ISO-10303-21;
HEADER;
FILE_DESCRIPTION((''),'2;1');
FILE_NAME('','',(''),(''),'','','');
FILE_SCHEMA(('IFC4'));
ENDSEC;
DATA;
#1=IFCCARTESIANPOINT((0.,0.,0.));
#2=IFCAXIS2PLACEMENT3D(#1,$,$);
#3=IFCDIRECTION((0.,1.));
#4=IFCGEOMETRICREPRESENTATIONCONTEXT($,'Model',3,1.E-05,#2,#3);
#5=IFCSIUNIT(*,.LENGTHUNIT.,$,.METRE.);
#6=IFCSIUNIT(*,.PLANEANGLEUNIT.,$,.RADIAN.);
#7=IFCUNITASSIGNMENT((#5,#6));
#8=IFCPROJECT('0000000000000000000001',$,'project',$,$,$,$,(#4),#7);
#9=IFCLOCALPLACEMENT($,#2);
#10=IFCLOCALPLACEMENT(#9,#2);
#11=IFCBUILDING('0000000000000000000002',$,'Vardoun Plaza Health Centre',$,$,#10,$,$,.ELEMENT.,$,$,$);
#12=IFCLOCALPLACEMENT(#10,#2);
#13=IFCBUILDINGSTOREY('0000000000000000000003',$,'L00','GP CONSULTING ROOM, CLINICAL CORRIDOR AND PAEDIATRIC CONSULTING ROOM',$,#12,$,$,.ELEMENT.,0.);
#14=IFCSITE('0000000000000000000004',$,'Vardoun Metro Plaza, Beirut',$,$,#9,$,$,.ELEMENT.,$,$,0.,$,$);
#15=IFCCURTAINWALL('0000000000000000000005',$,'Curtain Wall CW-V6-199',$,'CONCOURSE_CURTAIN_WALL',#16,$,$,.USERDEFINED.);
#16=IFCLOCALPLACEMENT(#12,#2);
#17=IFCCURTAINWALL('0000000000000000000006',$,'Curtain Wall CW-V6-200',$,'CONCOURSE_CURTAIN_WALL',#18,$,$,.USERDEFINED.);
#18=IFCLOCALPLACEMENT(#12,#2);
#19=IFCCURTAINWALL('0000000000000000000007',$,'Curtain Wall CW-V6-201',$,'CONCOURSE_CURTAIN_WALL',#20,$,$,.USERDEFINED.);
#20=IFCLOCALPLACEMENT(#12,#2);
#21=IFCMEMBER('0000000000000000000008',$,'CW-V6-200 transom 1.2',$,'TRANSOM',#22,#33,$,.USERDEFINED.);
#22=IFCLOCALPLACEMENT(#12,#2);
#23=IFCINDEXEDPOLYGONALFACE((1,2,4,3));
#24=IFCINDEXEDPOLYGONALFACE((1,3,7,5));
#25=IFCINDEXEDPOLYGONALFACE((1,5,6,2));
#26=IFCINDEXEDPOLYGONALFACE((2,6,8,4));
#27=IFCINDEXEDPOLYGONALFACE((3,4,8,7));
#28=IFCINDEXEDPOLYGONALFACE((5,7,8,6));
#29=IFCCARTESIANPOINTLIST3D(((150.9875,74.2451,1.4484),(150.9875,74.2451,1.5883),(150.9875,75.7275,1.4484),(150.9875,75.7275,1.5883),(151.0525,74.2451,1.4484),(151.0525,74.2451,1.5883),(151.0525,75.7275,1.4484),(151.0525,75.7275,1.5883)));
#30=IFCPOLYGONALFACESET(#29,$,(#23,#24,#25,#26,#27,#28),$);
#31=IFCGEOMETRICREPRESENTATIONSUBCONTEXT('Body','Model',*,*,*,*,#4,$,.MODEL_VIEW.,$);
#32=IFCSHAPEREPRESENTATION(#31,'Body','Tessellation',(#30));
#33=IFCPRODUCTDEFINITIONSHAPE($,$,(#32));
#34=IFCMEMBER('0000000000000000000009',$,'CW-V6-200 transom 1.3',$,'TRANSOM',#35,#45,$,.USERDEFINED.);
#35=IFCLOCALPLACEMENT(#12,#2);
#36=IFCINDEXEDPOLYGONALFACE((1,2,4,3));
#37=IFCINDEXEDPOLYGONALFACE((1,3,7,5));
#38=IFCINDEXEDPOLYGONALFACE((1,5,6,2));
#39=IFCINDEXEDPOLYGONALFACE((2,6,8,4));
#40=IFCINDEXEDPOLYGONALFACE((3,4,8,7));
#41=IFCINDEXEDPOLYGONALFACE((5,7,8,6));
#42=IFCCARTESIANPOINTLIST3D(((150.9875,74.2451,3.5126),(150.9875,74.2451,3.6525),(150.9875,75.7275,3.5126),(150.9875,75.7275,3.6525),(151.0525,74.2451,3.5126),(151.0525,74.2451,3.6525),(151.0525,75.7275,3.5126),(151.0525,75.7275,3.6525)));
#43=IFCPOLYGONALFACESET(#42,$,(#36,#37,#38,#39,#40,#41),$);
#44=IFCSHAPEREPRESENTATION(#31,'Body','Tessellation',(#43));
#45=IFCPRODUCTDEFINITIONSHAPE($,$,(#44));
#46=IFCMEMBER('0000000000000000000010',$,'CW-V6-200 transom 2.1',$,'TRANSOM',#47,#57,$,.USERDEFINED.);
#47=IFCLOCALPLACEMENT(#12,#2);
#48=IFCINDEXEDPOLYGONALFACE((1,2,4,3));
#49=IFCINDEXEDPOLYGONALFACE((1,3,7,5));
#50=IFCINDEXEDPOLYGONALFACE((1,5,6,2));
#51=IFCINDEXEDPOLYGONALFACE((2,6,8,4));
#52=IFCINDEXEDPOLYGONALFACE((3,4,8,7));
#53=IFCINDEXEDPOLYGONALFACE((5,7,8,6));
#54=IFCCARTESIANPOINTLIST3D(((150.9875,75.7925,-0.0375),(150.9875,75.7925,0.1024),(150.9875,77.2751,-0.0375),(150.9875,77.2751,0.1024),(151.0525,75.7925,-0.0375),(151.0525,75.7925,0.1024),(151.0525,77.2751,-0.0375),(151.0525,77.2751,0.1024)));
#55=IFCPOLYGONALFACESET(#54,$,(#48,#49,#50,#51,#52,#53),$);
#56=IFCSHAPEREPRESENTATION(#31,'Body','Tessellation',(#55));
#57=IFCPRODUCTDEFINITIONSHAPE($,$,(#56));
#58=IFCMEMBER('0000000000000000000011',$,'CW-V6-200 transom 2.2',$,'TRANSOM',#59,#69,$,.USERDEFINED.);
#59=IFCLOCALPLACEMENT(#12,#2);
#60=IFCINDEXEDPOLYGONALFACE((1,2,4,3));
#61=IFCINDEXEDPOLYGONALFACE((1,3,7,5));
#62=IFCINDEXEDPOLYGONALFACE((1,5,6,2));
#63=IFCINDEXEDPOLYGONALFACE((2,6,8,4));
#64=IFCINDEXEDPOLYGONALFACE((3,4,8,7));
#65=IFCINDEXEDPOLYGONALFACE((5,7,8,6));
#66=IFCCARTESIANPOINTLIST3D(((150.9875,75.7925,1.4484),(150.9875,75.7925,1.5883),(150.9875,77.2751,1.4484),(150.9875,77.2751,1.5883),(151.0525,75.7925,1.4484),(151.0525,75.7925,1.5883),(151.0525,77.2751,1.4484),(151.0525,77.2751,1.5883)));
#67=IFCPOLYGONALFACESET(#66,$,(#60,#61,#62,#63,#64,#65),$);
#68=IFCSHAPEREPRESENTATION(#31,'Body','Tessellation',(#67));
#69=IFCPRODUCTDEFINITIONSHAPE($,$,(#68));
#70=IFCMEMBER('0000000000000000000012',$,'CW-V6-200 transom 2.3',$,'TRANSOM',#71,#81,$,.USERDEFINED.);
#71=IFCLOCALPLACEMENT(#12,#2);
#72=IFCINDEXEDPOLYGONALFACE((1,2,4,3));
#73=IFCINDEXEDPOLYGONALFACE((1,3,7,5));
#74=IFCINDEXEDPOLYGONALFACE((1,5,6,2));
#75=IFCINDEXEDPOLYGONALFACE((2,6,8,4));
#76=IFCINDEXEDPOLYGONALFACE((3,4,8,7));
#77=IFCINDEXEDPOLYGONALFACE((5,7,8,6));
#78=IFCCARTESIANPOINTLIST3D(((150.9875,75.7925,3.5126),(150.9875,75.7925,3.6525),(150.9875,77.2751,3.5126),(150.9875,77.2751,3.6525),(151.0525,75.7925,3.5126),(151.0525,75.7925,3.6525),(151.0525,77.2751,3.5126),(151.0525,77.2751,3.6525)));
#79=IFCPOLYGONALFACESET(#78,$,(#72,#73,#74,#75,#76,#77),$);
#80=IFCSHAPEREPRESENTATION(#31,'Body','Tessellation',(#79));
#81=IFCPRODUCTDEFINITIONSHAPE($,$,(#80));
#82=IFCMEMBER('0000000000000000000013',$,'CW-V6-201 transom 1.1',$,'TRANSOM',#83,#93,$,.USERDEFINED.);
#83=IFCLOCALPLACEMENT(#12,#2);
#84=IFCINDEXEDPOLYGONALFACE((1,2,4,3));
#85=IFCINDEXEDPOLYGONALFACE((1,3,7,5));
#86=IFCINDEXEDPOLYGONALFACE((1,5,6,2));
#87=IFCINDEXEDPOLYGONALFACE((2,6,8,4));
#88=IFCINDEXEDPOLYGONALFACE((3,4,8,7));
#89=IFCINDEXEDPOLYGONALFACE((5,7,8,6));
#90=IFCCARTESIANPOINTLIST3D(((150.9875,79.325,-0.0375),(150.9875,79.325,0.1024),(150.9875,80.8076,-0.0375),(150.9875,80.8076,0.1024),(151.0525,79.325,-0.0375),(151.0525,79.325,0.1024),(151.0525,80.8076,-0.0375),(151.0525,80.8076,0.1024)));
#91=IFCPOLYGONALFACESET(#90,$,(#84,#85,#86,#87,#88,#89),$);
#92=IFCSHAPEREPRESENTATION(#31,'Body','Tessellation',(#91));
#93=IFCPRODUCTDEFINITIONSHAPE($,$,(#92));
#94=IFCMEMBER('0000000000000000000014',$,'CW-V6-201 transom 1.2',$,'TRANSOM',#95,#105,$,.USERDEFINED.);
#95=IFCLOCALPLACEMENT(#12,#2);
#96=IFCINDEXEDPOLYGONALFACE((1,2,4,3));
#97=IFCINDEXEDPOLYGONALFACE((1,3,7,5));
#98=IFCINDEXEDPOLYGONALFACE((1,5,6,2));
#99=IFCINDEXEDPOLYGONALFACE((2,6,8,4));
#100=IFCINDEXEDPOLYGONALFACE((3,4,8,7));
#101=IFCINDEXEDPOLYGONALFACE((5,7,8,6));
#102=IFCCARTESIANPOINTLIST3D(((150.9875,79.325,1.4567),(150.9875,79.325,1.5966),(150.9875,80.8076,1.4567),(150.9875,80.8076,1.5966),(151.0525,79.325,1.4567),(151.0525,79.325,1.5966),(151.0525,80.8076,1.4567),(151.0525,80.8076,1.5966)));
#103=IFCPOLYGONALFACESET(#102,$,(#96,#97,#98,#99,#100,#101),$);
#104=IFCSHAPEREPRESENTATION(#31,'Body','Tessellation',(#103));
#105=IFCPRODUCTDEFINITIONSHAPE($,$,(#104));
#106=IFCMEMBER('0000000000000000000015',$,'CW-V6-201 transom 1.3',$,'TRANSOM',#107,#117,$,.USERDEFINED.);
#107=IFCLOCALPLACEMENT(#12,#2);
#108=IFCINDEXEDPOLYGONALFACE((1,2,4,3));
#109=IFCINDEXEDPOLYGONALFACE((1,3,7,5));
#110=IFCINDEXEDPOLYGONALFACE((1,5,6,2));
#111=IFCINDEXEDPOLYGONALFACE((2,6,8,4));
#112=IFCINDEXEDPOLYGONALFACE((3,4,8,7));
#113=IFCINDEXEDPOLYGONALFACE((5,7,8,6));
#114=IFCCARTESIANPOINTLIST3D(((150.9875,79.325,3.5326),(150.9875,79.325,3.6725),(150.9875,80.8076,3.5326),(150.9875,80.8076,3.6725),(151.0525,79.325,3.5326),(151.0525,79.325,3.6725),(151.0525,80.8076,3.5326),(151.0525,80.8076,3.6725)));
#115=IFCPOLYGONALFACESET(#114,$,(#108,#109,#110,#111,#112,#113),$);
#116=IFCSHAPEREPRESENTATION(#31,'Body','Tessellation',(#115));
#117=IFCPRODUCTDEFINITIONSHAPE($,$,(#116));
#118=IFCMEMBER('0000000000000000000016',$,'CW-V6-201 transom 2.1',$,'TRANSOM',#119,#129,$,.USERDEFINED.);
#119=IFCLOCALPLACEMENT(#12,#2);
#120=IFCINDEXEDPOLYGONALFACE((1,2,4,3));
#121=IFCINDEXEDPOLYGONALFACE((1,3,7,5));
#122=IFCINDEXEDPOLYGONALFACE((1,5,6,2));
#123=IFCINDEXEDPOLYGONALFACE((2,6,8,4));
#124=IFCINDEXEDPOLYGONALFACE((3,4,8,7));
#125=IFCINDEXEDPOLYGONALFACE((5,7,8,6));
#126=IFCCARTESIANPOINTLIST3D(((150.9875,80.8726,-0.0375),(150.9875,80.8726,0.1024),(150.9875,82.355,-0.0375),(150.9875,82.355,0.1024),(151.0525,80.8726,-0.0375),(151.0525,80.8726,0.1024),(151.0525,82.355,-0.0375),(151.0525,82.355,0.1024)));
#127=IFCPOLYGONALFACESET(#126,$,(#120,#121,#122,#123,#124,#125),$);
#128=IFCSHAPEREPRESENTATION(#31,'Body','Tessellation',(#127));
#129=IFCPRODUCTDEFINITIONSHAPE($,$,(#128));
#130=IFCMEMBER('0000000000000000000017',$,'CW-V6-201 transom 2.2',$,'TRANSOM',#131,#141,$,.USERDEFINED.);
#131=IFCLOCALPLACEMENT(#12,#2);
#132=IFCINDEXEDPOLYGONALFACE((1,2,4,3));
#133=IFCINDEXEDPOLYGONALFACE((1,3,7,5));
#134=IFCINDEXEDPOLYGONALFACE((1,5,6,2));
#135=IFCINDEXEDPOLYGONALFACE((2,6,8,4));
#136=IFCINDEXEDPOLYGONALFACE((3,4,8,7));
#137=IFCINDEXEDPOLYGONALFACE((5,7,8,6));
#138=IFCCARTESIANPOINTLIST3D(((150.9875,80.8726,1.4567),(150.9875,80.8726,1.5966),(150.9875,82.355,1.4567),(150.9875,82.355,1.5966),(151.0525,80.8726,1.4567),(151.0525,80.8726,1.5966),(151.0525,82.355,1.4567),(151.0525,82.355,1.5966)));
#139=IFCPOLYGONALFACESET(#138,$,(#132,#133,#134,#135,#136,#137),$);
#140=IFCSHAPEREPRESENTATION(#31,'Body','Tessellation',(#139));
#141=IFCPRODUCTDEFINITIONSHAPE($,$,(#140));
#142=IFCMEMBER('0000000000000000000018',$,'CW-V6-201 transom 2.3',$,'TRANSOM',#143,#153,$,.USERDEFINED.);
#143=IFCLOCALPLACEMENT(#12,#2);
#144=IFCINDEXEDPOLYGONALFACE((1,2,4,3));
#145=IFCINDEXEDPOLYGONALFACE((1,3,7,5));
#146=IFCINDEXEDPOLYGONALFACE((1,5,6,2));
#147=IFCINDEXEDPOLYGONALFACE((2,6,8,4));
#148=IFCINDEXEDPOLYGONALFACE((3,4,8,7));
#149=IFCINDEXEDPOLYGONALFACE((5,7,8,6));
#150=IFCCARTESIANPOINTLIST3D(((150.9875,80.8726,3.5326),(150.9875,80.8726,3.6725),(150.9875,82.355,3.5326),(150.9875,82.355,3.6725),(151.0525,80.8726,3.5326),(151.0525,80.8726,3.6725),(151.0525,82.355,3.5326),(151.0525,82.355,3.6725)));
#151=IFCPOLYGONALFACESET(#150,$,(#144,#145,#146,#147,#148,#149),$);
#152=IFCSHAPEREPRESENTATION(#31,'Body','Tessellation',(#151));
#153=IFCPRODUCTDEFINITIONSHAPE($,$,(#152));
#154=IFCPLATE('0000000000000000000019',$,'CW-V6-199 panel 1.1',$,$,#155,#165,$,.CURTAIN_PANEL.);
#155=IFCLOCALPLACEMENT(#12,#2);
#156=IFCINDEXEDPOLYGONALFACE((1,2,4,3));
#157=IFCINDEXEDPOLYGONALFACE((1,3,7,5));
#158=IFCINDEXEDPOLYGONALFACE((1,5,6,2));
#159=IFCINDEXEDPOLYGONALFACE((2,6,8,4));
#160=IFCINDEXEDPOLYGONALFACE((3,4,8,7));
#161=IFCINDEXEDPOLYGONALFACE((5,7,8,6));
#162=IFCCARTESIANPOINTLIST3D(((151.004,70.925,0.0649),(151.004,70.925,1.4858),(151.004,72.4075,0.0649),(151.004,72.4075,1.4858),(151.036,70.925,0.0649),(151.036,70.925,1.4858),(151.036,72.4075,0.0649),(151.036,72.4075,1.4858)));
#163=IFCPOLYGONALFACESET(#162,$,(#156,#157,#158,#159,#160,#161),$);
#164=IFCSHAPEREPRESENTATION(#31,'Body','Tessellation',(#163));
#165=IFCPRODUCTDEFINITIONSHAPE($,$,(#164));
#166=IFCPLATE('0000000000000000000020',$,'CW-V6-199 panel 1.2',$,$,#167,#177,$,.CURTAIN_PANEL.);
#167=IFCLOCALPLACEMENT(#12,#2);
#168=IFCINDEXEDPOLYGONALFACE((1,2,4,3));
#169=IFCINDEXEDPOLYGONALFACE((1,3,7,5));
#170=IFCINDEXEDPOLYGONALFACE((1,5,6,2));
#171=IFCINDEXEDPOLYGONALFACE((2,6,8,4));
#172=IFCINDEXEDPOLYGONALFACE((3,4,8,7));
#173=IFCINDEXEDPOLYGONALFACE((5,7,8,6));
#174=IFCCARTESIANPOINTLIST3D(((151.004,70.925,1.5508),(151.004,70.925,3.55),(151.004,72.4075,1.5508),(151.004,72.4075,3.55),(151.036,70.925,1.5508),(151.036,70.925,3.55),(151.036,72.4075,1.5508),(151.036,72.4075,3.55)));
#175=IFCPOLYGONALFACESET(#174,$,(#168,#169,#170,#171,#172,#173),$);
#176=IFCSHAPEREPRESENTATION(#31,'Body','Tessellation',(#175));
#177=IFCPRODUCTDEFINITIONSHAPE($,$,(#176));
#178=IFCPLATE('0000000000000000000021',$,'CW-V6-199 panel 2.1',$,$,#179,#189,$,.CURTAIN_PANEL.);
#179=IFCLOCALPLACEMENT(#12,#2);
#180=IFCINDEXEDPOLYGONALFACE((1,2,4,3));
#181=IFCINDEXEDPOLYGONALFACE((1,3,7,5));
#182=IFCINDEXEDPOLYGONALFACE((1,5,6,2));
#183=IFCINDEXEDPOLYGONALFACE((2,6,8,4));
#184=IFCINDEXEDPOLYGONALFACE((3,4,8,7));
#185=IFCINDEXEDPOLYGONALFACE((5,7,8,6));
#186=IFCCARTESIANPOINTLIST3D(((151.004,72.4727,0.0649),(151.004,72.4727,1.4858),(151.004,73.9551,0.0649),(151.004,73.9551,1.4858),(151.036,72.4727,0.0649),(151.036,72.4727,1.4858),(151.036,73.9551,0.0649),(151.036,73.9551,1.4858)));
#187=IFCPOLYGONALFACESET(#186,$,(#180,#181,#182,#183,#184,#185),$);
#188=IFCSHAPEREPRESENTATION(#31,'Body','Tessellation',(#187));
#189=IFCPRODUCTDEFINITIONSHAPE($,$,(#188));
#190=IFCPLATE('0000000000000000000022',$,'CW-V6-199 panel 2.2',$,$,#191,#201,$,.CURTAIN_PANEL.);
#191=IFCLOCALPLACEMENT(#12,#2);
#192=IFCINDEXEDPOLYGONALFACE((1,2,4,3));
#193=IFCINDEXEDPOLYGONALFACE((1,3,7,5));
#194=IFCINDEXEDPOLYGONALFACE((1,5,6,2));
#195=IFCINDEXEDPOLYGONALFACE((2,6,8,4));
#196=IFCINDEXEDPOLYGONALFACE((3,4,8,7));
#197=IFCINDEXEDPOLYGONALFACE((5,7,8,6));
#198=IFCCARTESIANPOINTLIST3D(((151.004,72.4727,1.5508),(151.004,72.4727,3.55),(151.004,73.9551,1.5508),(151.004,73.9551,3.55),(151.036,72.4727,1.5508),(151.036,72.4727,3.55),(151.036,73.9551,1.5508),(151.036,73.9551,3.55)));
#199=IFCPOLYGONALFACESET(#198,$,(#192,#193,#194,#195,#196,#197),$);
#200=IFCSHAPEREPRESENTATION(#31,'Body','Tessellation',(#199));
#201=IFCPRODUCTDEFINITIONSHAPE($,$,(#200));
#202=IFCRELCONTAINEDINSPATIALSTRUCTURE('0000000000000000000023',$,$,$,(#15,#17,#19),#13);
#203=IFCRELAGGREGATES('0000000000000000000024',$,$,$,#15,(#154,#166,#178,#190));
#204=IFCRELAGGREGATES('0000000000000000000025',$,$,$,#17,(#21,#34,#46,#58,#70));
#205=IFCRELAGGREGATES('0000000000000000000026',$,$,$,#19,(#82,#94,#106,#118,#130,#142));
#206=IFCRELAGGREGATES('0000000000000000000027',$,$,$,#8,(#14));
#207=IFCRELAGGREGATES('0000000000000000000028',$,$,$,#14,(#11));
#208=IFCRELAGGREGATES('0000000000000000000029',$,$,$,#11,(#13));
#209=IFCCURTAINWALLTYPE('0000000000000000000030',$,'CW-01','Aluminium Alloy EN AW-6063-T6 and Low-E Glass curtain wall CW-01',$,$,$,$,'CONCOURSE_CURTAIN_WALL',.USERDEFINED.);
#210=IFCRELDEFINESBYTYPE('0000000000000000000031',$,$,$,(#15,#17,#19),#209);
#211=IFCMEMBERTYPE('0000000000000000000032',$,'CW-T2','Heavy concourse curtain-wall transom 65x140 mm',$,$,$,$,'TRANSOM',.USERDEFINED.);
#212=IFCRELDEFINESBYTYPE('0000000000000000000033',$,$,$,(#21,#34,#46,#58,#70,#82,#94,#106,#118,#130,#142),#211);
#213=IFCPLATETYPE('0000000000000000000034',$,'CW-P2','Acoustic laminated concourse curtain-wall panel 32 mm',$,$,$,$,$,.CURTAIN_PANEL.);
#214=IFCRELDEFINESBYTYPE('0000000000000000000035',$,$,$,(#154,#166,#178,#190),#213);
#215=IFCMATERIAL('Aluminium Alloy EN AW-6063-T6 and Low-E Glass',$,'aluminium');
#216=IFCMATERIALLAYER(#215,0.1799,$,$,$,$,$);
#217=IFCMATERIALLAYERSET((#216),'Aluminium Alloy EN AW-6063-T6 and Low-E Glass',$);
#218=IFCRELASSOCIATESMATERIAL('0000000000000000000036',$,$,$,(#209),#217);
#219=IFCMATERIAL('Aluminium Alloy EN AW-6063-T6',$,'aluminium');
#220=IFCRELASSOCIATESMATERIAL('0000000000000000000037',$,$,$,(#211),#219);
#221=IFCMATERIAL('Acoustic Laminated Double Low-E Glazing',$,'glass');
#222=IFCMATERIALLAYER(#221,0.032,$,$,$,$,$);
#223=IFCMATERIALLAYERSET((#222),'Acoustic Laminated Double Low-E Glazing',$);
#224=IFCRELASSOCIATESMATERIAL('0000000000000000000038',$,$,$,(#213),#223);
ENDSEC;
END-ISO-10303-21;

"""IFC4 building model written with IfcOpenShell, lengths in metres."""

from ifc_helpers import new_model, si_unit, direction, frame, origin, origin_2d, place, context, subcontext, project, spatial, rectangle, extrude, material, layer, layer_set, material_profile, profile_set, type_object, element, aggregate, save


model = new_model("IFC4")

# Units and contexts
model_context = context("Model", 3, precision=1e-05, world=origin(), true_north=direction((0.0, 1.0)))
body_context = subcontext(model_context, "Body", "Model", "MODEL_VIEW")
ifc_project = project(units=[si_unit("LENGTHUNIT", "METRE"), si_unit("PLANEANGLEUNIT", "RADIAN")], contexts=[model_context])

# Site, building, storey
site_placement = place(None, origin())
site = spatial("IfcSite", under=ifc_project, at=site_placement, Name="Vardoun Metro Plaza, Beirut", CompositionType="ELEMENT", RefElevation=0.0)
building_placement = place(site_placement, origin())
building = spatial("IfcBuilding", under=site, at=building_placement, Name="Vardoun Plaza Health Centre", CompositionType="ELEMENT")
storey_placement = place(building_placement, origin())
storey = spatial("IfcBuildingStorey", under=building, at=storey_placement, Name="L00", Description="GP CONSULTING ROOM, CLINICAL CORRIDOR AND PAEDIATRIC CONSULTING ROOM", CompositionType="ELEMENT", Elevation=0.0)

# Curtain walls
ifc_material_1 = material(Name="Aluminium Alloy EN AW-6063-T6 and Low-E Glass", Category="aluminium")
ifc_layer_1 = layer(ifc_material_1, 0.1799)
ifc_layer_set_1 = layer_set([ifc_layer_1], Name="Aluminium Alloy EN AW-6063-T6 and Low-E Glass")
curtain_wall_type = type_object("IfcCurtainWallType", Name="CW-01", Description="Aluminium Alloy EN AW-6063-T6 and Low-E Glass curtain wall CW-01", ElementType="CONCOURSE_CURTAIN_WALL", PredefinedType="USERDEFINED", material=ifc_layer_set_1)
curtain_wall_1_placement = place(storey_placement, origin())
curtain_wall_1 = element("IfcCurtainWall", 1, at=curtain_wall_1_placement, inside=storey, type_object=curtain_wall_type, Name="Curtain Wall CW-V6-199", ObjectType="CONCOURSE_CURTAIN_WALL", PredefinedType="USERDEFINED")
curtain_wall_2_placement = place(storey_placement, origin())
curtain_wall_2 = element("IfcCurtainWall", 2, at=curtain_wall_2_placement, inside=storey, type_object=curtain_wall_type, Name="Curtain Wall CW-V6-200", ObjectType="CONCOURSE_CURTAIN_WALL", PredefinedType="USERDEFINED")
curtain_wall_3_placement = place(storey_placement, origin())
curtain_wall_3 = element("IfcCurtainWall", 3, at=curtain_wall_3_placement, inside=storey, type_object=curtain_wall_type, Name="Curtain Wall CW-V6-201", ObjectType="CONCOURSE_CURTAIN_WALL", PredefinedType="USERDEFINED")

# Members
ifc_material_2 = material(Name="Aluminium Alloy EN AW-6063-T6", Category="aluminium")
ifc_material_profile_1 = material_profile(ifc_material_2, rectangle(XDim=0.0649, YDim=0.1399, at=origin_2d()), Name="CWT 65x140")
ifc_profile_set_1 = profile_set([ifc_material_profile_1], Name="Aluminium Alloy EN AW-6063-T6")
member_type_1 = type_object("IfcMemberType", Name="CW-T2", Description="Heavy concourse curtain-wall transom 65x140 mm", ElementType="TRANSOM", PredefinedType="USERDEFINED", material=ifc_profile_set_1)
member_1_placement = place(storey_placement, frame((151.02, 74.2451, 1.5183), z_axis=(0.0, 1.0, 0.0), x_axis=(-1.0, 0.0, 0.0)))
member_1 = element("IfcMember", 4, at=member_1_placement, type_object=member_type_1, Name="CW-V6-200 transom 1.2", ObjectType="TRANSOM", PredefinedType="USERDEFINED", context=body_context, shape_type="SweptSolid", body=[
    extrude(rectangle(XDim=0.0649, YDim=0.1399, at=origin_2d()), origin(), (0.0, 0.0, 1.0), 1.4824),
])
member_2_placement = place(storey_placement, frame((151.02, 74.2451, 3.5825), z_axis=(0.0, 1.0, 0.0), x_axis=(-1.0, 0.0, 0.0)))
member_2 = element("IfcMember", 5, at=member_2_placement, type_object=member_type_1, Name="CW-V6-200 transom 1.3", ObjectType="TRANSOM", PredefinedType="USERDEFINED", context=body_context, shape_type="SweptSolid", body=[
    extrude(rectangle(XDim=0.0649, YDim=0.1399, at=origin_2d()), origin(), (0.0, 0.0, 1.0), 1.4824),
])
member_3_placement = place(storey_placement, frame((151.02, 75.7925, 0.0325), z_axis=(0.0, 1.0, 0.0), x_axis=(-1.0, 0.0, 0.0)))
member_3 = element("IfcMember", 6, at=member_3_placement, type_object=member_type_1, Name="CW-V6-200 transom 2.1", ObjectType="TRANSOM", PredefinedType="USERDEFINED", context=body_context, shape_type="SweptSolid", body=[
    extrude(rectangle(XDim=0.0649, YDim=0.1399, at=origin_2d()), origin(), (0.0, 0.0, 1.0), 1.4827),
])
member_4_placement = place(storey_placement, frame((151.02, 75.7925, 1.5183), z_axis=(0.0, 1.0, 0.0), x_axis=(-1.0, 0.0, 0.0)))
member_4 = element("IfcMember", 7, at=member_4_placement, type_object=member_type_1, Name="CW-V6-200 transom 2.2", ObjectType="TRANSOM", PredefinedType="USERDEFINED", context=body_context, shape_type="SweptSolid", body=[
    extrude(rectangle(XDim=0.0649, YDim=0.1399, at=origin_2d()), origin(), (0.0, 0.0, 1.0), 1.4827),
])
member_5_placement = place(storey_placement, frame((151.02, 75.7925, 3.5825), z_axis=(0.0, 1.0, 0.0), x_axis=(-1.0, 0.0, 0.0)))
member_5 = element("IfcMember", 8, at=member_5_placement, type_object=member_type_1, Name="CW-V6-200 transom 2.3", ObjectType="TRANSOM", PredefinedType="USERDEFINED", context=body_context, shape_type="SweptSolid", body=[
    extrude(rectangle(XDim=0.0649, YDim=0.1399, at=origin_2d()), origin(), (0.0, 0.0, 1.0), 1.4827),
])
member_6_placement = place(storey_placement, frame((151.02, 79.325, 0.0325), z_axis=(0.0, 1.0, 0.0), x_axis=(-1.0, 0.0, 0.0)))
member_6 = element("IfcMember", 9, at=member_6_placement, type_object=member_type_1, Name="CW-V6-201 transom 1.1", ObjectType="TRANSOM", PredefinedType="USERDEFINED", context=body_context, shape_type="SweptSolid", body=[
    extrude(rectangle(XDim=0.0649, YDim=0.1399, at=origin_2d()), origin(), (0.0, 0.0, 1.0), 1.4827),
])
member_7_placement = place(storey_placement, frame((151.02, 79.325, 1.5266), z_axis=(0.0, 1.0, 0.0), x_axis=(-1.0, 0.0, 0.0)))
member_7 = element("IfcMember", 10, at=member_7_placement, type_object=member_type_1, Name="CW-V6-201 transom 1.2", ObjectType="TRANSOM", PredefinedType="USERDEFINED", context=body_context, shape_type="SweptSolid", body=[
    extrude(rectangle(XDim=0.0649, YDim=0.1399, at=origin_2d()), origin(), (0.0, 0.0, 1.0), 1.4827),
])
member_8_placement = place(storey_placement, frame((151.02, 79.325, 3.6025), z_axis=(0.0, 1.0, 0.0), x_axis=(-1.0, 0.0, 0.0)))
member_8 = element("IfcMember", 11, at=member_8_placement, type_object=member_type_1, Name="CW-V6-201 transom 1.3", ObjectType="TRANSOM", PredefinedType="USERDEFINED", context=body_context, shape_type="SweptSolid", body=[
    extrude(rectangle(XDim=0.0649, YDim=0.1399, at=origin_2d()), origin(), (0.0, 0.0, 1.0), 1.4827),
])
member_9_placement = place(storey_placement, frame((151.02, 80.8726, 0.0325), z_axis=(0.0, 1.0, 0.0), x_axis=(-1.0, 0.0, 0.0)))
member_9 = element("IfcMember", 12, at=member_9_placement, type_object=member_type_1, Name="CW-V6-201 transom 2.1", ObjectType="TRANSOM", PredefinedType="USERDEFINED", context=body_context, shape_type="SweptSolid", body=[
    extrude(rectangle(XDim=0.0649, YDim=0.1399, at=origin_2d()), origin(), (0.0, 0.0, 1.0), 1.4824),
])
member_10_placement = place(storey_placement, frame((151.02, 80.8726, 1.5266), z_axis=(0.0, 1.0, 0.0), x_axis=(-1.0, 0.0, 0.0)))
member_10 = element("IfcMember", 13, at=member_10_placement, type_object=member_type_1, Name="CW-V6-201 transom 2.2", ObjectType="TRANSOM", PredefinedType="USERDEFINED", context=body_context, shape_type="SweptSolid", body=[
    extrude(rectangle(XDim=0.0649, YDim=0.1399, at=origin_2d()), origin(), (0.0, 0.0, 1.0), 1.4824),
])
member_11_placement = place(storey_placement, frame((151.02, 80.8726, 3.6025), z_axis=(0.0, 1.0, 0.0), x_axis=(-1.0, 0.0, 0.0)))
member_11 = element("IfcMember", 14, at=member_11_placement, type_object=member_type_1, Name="CW-V6-201 transom 2.3", ObjectType="TRANSOM", PredefinedType="USERDEFINED", context=body_context, shape_type="SweptSolid", body=[
    extrude(rectangle(XDim=0.0649, YDim=0.1399, at=origin_2d()), origin(), (0.0, 0.0, 1.0), 1.4824),
])

# Plates
ifc_material_3 = material(Name="Acoustic Laminated Double Low-E Glazing", Category="glass")
ifc_layer_2 = layer(ifc_material_3, 0.032)
ifc_layer_set_2 = layer_set([ifc_layer_2], Name="Acoustic Laminated Double Low-E Glazing")
plate_type = type_object("IfcPlateType", Name="CW-P2", Description="Acoustic laminated concourse curtain-wall panel 32 mm", PredefinedType="CURTAIN_PANEL", material=ifc_layer_set_2)
plate_1_placement = place(storey_placement, frame((151.02, 71.6663, 0.0649), z_axis=(0.0, 0.0, 1.0), x_axis=(0.0, 1.0, 0.0)))
plate_1 = element("IfcPlate", 15, at=plate_1_placement, type_object=plate_type, Name="CW-V6-199 panel 1.1", PredefinedType="CURTAIN_PANEL", context=body_context, shape_type="SweptSolid", body=[
    extrude(rectangle(XDim=1.4824, YDim=0.032, at=origin_2d()), origin(), (0.0, 0.0, 1.0), 1.4209),
])
plate_2_placement = place(storey_placement, frame((151.02, 71.6663, 1.5508), z_axis=(0.0, 0.0, 1.0), x_axis=(0.0, 1.0, 0.0)))
plate_2 = element("IfcPlate", 16, at=plate_2_placement, type_object=plate_type, Name="CW-V6-199 panel 1.2", PredefinedType="CURTAIN_PANEL", context=body_context, shape_type="SweptSolid", body=[
    extrude(rectangle(XDim=1.4824, YDim=0.032, at=origin_2d()), origin(), (0.0, 0.0, 1.0), 1.9993),
])
plate_3_placement = place(storey_placement, frame((151.02, 73.2139, 0.0649), z_axis=(0.0, 0.0, 1.0), x_axis=(0.0, 1.0, 0.0)))
plate_3 = element("IfcPlate", 17, at=plate_3_placement, type_object=plate_type, Name="CW-V6-199 panel 2.1", PredefinedType="CURTAIN_PANEL", context=body_context, shape_type="SweptSolid", body=[
    extrude(rectangle(XDim=1.4824, YDim=0.032, at=origin_2d()), origin(), (0.0, 0.0, 1.0), 1.4209),
])
plate_4_placement = place(storey_placement, frame((151.02, 73.2139, 1.5508), z_axis=(0.0, 0.0, 1.0), x_axis=(0.0, 1.0, 0.0)))
plate_4 = element("IfcPlate", 18, at=plate_4_placement, type_object=plate_type, Name="CW-V6-199 panel 2.2", PredefinedType="CURTAIN_PANEL", context=body_context, shape_type="SweptSolid", body=[
    extrude(rectangle(XDim=1.4824, YDim=0.032, at=origin_2d()), origin(), (0.0, 0.0, 1.0), 1.9993),
])
aggregate(curtain_wall_1, [plate_1, plate_2, plate_3, plate_4])
aggregate(curtain_wall_2, [member_1, member_2, member_3, member_4, member_5])
aggregate(curtain_wall_3, [member_6, member_7, member_8, member_9, member_10, member_11])

save(model, "model.ifc")
